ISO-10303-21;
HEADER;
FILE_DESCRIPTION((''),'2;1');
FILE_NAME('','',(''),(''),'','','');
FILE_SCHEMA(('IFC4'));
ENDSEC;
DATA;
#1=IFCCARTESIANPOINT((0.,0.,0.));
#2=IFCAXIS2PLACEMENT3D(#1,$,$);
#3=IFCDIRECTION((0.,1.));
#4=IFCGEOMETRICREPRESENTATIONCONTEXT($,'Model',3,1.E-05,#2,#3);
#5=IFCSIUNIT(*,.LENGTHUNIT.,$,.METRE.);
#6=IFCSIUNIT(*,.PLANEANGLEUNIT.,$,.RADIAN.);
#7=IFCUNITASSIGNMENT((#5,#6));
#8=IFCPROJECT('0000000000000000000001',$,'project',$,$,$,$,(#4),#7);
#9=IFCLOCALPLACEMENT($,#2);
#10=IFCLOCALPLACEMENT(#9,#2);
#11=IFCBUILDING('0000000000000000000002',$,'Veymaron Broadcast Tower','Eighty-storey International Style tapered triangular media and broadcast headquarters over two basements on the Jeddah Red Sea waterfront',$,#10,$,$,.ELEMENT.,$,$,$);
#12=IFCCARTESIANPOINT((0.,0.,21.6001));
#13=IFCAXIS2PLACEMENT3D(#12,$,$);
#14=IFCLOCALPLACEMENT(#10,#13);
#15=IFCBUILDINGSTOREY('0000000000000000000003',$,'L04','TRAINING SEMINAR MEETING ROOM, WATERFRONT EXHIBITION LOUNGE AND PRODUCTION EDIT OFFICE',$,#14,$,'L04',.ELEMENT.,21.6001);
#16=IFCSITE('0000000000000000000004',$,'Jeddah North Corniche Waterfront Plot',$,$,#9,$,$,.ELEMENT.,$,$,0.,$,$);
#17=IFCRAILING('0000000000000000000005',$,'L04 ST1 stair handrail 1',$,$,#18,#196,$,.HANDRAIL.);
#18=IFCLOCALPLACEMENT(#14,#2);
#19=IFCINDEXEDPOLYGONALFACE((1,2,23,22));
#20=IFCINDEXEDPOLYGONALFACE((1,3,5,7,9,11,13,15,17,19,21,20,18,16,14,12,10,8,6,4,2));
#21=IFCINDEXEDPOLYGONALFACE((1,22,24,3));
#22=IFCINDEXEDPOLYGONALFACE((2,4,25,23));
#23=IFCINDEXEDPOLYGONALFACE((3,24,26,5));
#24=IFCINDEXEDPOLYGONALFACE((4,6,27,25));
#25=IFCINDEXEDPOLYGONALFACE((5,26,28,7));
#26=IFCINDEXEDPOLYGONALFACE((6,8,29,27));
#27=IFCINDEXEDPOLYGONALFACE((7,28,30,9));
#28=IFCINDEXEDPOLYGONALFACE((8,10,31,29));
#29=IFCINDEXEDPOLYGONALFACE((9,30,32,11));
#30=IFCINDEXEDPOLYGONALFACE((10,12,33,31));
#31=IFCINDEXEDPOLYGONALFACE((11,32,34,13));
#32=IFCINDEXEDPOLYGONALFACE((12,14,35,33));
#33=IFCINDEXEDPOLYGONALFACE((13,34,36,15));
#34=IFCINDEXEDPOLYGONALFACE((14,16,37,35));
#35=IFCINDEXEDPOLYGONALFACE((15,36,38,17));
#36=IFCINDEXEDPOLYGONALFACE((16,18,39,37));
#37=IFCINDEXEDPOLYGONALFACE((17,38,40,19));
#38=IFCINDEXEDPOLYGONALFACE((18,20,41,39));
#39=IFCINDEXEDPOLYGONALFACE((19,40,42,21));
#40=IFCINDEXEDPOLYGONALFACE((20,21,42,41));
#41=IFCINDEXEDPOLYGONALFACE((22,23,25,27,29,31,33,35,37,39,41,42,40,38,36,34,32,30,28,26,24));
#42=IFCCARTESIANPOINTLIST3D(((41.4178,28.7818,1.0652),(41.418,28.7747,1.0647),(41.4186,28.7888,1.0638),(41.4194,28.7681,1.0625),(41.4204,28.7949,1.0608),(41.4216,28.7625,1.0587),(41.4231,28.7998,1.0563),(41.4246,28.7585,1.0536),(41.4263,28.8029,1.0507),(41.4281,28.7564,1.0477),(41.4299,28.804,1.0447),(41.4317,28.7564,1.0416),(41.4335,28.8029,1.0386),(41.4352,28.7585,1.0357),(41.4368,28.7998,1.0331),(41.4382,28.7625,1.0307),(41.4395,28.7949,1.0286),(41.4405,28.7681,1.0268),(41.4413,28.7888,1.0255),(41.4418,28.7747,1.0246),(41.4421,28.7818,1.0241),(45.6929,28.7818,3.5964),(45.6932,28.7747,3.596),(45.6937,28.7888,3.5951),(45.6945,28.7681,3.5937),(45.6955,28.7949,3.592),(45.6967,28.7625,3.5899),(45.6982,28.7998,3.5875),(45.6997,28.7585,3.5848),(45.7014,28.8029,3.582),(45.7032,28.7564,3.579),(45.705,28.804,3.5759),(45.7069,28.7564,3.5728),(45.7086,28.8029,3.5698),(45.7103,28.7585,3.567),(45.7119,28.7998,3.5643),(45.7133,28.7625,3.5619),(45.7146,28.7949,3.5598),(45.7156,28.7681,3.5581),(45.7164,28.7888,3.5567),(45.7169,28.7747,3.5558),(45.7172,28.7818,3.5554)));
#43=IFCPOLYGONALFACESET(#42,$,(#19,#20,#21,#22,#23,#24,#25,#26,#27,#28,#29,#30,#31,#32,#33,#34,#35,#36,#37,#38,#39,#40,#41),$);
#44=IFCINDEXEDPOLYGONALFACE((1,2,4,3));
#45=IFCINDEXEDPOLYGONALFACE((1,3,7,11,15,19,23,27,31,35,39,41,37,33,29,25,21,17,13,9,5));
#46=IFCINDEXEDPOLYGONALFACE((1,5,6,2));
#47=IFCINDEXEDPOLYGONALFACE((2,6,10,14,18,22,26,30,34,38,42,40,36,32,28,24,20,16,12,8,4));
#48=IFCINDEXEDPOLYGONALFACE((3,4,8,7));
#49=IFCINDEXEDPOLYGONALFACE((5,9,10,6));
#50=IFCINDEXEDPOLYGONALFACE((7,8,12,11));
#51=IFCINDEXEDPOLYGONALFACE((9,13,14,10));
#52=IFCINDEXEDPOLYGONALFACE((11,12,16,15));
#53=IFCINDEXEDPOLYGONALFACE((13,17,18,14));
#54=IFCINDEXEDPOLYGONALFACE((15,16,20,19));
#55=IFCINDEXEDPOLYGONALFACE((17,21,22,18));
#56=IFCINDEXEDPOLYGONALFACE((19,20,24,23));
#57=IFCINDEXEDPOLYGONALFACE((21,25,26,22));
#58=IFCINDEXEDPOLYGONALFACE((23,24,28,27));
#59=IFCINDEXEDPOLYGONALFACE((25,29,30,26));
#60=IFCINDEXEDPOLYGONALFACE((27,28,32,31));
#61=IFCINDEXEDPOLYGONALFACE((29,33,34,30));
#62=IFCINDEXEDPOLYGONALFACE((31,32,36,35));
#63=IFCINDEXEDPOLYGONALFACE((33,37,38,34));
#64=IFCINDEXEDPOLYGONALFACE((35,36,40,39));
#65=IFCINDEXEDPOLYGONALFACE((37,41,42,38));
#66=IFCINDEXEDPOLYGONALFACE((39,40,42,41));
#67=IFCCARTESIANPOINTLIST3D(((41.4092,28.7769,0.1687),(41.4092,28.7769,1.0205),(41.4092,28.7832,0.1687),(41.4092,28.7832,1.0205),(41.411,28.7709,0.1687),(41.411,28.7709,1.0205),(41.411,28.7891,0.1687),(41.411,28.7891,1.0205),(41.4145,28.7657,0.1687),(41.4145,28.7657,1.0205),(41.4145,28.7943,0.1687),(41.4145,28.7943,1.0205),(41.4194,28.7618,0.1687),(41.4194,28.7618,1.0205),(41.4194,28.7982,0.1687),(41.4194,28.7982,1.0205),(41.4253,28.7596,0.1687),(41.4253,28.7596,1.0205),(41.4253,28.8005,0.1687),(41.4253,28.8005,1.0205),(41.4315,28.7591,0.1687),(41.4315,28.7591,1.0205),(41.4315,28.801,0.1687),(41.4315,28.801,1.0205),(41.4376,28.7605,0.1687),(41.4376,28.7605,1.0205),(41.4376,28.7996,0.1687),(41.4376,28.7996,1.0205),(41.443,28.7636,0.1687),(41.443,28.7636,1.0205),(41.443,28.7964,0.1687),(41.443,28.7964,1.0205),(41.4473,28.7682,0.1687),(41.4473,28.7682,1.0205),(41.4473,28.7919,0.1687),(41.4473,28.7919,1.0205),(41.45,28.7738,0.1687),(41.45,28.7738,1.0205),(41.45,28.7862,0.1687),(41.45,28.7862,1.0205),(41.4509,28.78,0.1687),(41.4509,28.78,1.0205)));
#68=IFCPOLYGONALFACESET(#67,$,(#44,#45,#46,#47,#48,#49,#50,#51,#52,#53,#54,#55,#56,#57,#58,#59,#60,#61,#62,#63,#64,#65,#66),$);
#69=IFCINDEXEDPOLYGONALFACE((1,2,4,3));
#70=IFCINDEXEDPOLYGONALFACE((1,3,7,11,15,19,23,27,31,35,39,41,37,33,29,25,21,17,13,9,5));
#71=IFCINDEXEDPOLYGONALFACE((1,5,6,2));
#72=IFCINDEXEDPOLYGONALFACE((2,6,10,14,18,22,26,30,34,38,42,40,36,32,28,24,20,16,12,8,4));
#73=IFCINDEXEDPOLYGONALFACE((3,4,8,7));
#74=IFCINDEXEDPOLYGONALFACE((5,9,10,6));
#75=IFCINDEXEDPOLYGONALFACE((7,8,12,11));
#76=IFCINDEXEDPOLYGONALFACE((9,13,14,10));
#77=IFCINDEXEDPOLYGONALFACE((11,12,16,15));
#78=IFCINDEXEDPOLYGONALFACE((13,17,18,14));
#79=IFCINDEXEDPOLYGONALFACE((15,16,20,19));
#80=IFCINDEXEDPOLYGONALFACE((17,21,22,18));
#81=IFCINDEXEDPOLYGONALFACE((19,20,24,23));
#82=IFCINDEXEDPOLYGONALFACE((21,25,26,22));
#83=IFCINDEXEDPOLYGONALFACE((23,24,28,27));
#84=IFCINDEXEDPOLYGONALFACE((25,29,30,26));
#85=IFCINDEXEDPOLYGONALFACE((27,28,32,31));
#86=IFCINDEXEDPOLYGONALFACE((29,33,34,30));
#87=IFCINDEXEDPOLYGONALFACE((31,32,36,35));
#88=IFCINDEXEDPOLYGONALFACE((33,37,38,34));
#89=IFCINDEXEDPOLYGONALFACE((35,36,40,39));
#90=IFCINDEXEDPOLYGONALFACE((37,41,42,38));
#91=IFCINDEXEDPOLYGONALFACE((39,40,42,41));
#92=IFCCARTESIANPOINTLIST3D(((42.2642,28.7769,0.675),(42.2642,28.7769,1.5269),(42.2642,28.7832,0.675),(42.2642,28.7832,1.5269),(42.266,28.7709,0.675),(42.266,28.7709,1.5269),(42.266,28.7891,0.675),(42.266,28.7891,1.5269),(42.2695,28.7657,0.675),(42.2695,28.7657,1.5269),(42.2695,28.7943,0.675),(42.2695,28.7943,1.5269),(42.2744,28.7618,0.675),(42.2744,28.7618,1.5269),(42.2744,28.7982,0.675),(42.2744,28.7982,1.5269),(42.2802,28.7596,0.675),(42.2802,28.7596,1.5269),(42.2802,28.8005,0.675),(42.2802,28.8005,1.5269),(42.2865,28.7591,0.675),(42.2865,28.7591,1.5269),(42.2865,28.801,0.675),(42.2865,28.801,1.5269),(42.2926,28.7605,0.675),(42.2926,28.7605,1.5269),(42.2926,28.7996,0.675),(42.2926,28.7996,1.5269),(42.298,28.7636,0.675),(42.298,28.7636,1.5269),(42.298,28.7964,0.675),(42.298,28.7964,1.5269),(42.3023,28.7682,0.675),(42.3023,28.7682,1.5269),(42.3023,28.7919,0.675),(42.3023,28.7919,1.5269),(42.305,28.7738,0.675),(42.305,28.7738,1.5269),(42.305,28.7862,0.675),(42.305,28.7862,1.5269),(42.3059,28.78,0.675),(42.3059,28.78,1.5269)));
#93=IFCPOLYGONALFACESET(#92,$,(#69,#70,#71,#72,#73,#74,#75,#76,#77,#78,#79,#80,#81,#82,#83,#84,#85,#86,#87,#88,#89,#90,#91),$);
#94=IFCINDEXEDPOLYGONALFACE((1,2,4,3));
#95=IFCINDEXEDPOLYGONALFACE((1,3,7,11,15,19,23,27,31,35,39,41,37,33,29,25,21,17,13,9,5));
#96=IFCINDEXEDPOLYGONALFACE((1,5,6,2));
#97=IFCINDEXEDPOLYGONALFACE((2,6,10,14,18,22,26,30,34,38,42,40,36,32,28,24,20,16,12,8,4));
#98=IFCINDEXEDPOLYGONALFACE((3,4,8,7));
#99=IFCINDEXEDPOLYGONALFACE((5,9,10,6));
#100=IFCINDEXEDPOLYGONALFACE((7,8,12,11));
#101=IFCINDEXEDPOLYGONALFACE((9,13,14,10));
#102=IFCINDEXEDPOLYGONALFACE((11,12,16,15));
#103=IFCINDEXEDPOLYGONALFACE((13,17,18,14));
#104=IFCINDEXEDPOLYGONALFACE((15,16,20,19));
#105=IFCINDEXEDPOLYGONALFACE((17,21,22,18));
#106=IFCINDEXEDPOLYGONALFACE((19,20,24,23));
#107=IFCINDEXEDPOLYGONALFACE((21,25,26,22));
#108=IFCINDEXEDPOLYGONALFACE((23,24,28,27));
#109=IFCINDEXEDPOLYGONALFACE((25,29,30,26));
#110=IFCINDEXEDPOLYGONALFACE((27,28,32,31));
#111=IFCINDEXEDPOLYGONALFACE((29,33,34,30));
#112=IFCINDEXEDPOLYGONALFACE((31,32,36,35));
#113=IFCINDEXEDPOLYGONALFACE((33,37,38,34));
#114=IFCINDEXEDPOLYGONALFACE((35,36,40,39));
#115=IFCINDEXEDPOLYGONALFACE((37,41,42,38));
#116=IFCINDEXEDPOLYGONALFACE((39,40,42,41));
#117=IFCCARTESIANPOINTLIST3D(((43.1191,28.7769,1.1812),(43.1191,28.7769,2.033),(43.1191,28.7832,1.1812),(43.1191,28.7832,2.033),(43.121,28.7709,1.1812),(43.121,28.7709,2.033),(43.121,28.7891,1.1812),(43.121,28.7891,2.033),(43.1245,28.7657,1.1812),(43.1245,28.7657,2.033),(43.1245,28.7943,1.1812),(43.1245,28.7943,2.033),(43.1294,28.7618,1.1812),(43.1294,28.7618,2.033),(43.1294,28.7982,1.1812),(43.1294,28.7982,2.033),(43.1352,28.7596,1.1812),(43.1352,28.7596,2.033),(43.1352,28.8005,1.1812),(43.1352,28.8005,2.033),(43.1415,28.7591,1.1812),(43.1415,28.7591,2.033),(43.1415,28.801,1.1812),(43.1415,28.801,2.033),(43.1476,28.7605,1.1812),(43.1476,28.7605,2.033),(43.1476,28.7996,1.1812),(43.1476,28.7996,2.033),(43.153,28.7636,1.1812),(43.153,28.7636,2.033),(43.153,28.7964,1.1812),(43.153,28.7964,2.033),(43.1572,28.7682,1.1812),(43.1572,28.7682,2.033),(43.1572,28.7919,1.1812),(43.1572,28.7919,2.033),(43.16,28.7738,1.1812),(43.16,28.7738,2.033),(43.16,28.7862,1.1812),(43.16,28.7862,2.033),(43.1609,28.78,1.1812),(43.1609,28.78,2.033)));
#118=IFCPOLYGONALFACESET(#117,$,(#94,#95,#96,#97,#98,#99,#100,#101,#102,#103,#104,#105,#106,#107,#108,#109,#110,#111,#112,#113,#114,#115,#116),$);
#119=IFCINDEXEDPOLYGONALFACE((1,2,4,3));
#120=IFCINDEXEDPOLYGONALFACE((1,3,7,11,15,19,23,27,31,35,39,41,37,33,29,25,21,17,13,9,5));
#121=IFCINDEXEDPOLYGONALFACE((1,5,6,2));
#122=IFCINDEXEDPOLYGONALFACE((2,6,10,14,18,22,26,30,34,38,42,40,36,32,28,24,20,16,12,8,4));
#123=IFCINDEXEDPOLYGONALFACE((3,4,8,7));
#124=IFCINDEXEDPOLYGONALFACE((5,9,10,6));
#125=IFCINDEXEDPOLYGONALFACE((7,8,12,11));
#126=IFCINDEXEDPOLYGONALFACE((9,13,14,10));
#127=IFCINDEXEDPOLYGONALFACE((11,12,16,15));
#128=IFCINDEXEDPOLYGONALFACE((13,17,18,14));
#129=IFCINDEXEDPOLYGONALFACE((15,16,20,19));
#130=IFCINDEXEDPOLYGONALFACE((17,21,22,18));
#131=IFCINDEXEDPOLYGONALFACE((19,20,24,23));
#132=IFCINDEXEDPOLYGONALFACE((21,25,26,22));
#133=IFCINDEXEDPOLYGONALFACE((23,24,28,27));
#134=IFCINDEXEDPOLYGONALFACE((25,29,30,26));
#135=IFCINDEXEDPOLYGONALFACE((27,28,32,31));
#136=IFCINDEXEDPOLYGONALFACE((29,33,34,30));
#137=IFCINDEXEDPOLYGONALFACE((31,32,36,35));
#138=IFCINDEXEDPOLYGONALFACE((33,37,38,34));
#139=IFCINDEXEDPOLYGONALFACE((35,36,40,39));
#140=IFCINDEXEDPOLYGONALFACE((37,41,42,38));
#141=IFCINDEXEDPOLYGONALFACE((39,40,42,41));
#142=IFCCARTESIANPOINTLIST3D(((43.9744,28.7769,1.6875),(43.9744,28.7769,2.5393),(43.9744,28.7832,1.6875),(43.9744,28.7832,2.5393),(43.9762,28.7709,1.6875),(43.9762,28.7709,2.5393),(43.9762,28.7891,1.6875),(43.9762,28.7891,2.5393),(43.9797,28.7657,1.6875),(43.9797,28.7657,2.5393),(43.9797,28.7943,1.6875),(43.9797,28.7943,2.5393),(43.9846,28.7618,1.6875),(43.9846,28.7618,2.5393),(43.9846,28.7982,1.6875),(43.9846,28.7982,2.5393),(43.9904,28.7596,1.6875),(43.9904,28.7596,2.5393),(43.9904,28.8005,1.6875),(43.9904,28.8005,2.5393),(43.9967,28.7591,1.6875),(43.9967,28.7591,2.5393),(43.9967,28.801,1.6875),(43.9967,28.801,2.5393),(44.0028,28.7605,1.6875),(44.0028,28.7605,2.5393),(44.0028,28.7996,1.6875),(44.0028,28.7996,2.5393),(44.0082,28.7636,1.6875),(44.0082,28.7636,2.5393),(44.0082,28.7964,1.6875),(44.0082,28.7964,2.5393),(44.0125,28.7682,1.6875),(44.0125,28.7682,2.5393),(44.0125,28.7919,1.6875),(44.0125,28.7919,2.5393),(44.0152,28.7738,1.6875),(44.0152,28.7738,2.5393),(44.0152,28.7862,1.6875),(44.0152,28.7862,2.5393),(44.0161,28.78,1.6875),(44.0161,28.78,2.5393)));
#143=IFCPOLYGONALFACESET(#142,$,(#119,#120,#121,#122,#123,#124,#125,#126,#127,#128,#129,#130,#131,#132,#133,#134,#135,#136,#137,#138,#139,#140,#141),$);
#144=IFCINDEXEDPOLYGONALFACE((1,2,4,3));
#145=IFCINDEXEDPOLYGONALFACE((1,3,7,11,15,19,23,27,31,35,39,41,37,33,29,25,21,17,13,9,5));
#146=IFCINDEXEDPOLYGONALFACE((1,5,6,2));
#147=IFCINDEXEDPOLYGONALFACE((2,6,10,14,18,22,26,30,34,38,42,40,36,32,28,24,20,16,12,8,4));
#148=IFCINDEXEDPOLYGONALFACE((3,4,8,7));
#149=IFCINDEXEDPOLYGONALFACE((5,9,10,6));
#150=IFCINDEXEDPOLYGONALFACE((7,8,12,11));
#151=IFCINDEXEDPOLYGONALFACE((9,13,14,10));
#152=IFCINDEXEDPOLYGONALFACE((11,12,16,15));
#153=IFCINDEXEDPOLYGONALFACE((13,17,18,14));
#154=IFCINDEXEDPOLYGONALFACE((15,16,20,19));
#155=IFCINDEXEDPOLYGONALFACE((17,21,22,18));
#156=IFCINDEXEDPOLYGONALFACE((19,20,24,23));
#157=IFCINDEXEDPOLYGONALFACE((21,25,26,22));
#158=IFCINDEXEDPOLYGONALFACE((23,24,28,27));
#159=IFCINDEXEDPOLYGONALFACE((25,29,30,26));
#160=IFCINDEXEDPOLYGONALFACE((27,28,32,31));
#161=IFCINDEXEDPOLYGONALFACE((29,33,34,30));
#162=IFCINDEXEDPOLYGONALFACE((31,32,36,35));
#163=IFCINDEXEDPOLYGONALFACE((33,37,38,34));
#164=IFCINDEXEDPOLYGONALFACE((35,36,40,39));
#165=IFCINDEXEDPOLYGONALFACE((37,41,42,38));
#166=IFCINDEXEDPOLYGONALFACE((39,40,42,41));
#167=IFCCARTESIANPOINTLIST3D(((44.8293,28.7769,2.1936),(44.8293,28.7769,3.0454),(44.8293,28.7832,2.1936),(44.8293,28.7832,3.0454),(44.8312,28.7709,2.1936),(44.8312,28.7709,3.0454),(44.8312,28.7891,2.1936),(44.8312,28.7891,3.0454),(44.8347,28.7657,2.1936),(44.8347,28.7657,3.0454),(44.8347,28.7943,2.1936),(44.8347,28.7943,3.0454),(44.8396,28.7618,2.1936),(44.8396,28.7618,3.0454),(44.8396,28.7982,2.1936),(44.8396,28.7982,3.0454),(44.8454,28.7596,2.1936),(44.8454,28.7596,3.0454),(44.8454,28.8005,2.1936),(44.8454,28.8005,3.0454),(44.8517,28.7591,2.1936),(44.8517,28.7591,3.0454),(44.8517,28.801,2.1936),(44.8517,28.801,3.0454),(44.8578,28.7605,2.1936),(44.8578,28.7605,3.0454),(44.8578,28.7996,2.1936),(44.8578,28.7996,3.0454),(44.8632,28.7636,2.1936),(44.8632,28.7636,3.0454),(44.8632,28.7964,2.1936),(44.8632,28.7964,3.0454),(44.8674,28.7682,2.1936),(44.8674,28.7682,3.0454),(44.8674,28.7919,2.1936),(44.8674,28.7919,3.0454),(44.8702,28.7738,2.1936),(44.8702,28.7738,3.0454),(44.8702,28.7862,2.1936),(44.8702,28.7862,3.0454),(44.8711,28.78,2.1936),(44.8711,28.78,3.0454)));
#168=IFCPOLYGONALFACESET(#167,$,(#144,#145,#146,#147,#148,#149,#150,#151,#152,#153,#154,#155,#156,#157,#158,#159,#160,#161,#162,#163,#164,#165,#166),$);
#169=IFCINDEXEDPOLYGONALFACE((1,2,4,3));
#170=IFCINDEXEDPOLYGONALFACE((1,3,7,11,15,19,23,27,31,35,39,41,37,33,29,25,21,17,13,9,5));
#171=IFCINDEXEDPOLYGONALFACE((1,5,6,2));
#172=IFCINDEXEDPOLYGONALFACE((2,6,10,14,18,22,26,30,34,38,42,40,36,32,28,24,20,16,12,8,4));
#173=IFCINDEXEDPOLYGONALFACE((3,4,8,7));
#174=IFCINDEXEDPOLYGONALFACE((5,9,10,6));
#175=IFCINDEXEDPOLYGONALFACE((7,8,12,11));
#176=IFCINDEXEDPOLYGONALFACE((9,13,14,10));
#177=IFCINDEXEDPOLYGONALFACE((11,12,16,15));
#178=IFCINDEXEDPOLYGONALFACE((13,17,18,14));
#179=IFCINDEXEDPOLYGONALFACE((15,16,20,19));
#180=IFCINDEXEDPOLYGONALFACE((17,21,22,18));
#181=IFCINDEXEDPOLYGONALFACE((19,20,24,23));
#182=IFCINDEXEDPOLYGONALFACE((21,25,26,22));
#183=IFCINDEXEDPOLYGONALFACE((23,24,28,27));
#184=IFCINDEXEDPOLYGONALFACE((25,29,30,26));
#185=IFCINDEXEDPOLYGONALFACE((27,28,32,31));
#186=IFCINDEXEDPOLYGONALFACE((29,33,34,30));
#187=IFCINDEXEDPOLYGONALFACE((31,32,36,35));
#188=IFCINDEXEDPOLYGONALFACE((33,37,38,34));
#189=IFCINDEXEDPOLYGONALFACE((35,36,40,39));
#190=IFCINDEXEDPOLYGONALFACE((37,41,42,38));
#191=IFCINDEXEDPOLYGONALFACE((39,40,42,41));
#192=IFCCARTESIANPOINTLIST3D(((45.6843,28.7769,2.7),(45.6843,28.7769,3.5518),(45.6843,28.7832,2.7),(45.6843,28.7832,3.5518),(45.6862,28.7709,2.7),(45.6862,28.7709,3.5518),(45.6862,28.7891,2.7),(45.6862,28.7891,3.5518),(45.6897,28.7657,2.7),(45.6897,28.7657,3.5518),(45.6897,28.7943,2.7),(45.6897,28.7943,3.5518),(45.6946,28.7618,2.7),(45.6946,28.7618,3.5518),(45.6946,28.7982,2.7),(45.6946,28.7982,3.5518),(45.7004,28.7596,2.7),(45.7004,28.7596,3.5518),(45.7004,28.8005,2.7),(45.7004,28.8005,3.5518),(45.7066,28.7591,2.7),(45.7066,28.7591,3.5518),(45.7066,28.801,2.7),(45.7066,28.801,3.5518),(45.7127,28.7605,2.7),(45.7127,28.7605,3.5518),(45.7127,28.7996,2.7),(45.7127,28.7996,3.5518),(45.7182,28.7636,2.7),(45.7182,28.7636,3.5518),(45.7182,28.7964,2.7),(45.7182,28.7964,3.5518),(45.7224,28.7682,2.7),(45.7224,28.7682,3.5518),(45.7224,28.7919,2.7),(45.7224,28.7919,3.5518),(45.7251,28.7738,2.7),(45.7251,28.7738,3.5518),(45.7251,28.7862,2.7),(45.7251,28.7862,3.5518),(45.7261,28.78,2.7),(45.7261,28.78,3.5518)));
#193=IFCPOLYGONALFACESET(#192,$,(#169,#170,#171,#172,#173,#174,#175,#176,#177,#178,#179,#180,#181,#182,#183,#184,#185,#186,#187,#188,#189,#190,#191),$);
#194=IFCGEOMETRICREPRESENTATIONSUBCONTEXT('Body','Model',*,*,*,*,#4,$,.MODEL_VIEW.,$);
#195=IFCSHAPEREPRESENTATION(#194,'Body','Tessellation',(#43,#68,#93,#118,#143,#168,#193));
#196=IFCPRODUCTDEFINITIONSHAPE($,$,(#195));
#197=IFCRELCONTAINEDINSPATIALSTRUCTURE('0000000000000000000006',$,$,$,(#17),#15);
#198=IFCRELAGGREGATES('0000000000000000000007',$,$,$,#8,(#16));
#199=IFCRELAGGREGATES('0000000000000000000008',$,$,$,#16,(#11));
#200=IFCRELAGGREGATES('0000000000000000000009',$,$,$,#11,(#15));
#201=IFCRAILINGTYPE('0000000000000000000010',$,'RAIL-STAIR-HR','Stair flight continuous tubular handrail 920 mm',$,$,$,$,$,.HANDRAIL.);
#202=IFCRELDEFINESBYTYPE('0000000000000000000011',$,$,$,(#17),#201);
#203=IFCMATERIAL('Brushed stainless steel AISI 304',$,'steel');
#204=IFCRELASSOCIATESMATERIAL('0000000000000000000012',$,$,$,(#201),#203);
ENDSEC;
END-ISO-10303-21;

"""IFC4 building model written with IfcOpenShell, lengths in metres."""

from ifc_helpers import new_model, si_unit, direction, frame, origin, origin_2d, place, context, subcontext, project, spatial, circle, extrude, material, type_object, element, save


model = new_model("IFC4")

# Units and contexts
model_context = context("Model", 3, precision=1e-05, world=origin(), true_north=direction((0.0, 1.0)))
body_context = subcontext(model_context, "Body", "Model", "MODEL_VIEW")
ifc_project = project(units=[si_unit("LENGTHUNIT", "METRE"), si_unit("PLANEANGLEUNIT", "RADIAN")], contexts=[model_context])

# Site, building, storey
site_placement = place(None, origin())
site = spatial("IfcSite", under=ifc_project, at=site_placement, Name="Jeddah North Corniche Waterfront Plot", CompositionType="ELEMENT", RefElevation=0.0)
building_placement = place(site_placement, origin())
building = spatial("IfcBuilding", under=site, at=building_placement, Name="Veymaron Broadcast Tower", Description="Eighty-storey International Style tapered triangular media and broadcast headquarters over two basements on the Jeddah Red Sea waterfront", CompositionType="ELEMENT")
storey_placement = place(building_placement, frame((0.0, 0.0, 21.6001)))
storey = spatial("IfcBuildingStorey", under=building, at=storey_placement, Name="L04", Description="TRAINING SEMINAR MEETING ROOM, WATERFRONT EXHIBITION LOUNGE AND PRODUCTION EDIT OFFICE", LongName="L04", CompositionType="ELEMENT", Elevation=21.6001)

# Shared definitions
ifc_material_1 = material(Name="Brushed stainless steel AISI 304", Category="steel")

# Railing
railing_type_1 = type_object("IfcRailingType", Name="RAIL-STAIR-HR", Description="Stair flight continuous tubular handrail 920 mm", PredefinedType="HANDRAIL", material=ifc_material_1)
railing_1_placement = place(storey_placement, frame((41.4299, 28.78, 0.1687)))
element("IfcRailing", 1, at=railing_1_placement, inside=storey, type_object=railing_type_1, Name="L04 ST1 stair handrail 1", PredefinedType="HANDRAIL", context=body_context, shape_type="SweptSolid", body=[
    extrude(circle(Radius=0.0239, at=origin_2d()), frame((0.0, 0.0, 0.876), z_axis=(0.860483, 0.0, 0.509479), x_axis=(0.0, 1.0, 0.0)), (0.0, 0.0, 1.0), 4.9683),
    extrude(circle(Radius=0.021, at=origin_2d()), origin(), (0.0, 0.0, 1.0), 0.8518),
    extrude(circle(Radius=0.021, at=origin_2d()), frame((0.855, 0.0, 0.5063)), (0.0, 0.0, 1.0), 0.8518),
    extrude(circle(Radius=0.021, at=origin_2d()), frame((1.71, 0.0, 1.0125)), (0.0, 0.0, 1.0), 0.8518),
    extrude(circle(Radius=0.021, at=origin_2d()), frame((2.5652, 0.0, 1.5188)), (0.0, 0.0, 1.0), 0.8518),
    extrude(circle(Radius=0.021, at=origin_2d()), frame((3.4202, 0.0, 2.0249)), (0.0, 0.0, 1.0), 0.8518),
    extrude(circle(Radius=0.021, at=origin_2d()), frame((4.2751, 0.0, 2.5312)), (0.0, 0.0, 1.0), 0.8518),
])

save(model, "model.ifc")
